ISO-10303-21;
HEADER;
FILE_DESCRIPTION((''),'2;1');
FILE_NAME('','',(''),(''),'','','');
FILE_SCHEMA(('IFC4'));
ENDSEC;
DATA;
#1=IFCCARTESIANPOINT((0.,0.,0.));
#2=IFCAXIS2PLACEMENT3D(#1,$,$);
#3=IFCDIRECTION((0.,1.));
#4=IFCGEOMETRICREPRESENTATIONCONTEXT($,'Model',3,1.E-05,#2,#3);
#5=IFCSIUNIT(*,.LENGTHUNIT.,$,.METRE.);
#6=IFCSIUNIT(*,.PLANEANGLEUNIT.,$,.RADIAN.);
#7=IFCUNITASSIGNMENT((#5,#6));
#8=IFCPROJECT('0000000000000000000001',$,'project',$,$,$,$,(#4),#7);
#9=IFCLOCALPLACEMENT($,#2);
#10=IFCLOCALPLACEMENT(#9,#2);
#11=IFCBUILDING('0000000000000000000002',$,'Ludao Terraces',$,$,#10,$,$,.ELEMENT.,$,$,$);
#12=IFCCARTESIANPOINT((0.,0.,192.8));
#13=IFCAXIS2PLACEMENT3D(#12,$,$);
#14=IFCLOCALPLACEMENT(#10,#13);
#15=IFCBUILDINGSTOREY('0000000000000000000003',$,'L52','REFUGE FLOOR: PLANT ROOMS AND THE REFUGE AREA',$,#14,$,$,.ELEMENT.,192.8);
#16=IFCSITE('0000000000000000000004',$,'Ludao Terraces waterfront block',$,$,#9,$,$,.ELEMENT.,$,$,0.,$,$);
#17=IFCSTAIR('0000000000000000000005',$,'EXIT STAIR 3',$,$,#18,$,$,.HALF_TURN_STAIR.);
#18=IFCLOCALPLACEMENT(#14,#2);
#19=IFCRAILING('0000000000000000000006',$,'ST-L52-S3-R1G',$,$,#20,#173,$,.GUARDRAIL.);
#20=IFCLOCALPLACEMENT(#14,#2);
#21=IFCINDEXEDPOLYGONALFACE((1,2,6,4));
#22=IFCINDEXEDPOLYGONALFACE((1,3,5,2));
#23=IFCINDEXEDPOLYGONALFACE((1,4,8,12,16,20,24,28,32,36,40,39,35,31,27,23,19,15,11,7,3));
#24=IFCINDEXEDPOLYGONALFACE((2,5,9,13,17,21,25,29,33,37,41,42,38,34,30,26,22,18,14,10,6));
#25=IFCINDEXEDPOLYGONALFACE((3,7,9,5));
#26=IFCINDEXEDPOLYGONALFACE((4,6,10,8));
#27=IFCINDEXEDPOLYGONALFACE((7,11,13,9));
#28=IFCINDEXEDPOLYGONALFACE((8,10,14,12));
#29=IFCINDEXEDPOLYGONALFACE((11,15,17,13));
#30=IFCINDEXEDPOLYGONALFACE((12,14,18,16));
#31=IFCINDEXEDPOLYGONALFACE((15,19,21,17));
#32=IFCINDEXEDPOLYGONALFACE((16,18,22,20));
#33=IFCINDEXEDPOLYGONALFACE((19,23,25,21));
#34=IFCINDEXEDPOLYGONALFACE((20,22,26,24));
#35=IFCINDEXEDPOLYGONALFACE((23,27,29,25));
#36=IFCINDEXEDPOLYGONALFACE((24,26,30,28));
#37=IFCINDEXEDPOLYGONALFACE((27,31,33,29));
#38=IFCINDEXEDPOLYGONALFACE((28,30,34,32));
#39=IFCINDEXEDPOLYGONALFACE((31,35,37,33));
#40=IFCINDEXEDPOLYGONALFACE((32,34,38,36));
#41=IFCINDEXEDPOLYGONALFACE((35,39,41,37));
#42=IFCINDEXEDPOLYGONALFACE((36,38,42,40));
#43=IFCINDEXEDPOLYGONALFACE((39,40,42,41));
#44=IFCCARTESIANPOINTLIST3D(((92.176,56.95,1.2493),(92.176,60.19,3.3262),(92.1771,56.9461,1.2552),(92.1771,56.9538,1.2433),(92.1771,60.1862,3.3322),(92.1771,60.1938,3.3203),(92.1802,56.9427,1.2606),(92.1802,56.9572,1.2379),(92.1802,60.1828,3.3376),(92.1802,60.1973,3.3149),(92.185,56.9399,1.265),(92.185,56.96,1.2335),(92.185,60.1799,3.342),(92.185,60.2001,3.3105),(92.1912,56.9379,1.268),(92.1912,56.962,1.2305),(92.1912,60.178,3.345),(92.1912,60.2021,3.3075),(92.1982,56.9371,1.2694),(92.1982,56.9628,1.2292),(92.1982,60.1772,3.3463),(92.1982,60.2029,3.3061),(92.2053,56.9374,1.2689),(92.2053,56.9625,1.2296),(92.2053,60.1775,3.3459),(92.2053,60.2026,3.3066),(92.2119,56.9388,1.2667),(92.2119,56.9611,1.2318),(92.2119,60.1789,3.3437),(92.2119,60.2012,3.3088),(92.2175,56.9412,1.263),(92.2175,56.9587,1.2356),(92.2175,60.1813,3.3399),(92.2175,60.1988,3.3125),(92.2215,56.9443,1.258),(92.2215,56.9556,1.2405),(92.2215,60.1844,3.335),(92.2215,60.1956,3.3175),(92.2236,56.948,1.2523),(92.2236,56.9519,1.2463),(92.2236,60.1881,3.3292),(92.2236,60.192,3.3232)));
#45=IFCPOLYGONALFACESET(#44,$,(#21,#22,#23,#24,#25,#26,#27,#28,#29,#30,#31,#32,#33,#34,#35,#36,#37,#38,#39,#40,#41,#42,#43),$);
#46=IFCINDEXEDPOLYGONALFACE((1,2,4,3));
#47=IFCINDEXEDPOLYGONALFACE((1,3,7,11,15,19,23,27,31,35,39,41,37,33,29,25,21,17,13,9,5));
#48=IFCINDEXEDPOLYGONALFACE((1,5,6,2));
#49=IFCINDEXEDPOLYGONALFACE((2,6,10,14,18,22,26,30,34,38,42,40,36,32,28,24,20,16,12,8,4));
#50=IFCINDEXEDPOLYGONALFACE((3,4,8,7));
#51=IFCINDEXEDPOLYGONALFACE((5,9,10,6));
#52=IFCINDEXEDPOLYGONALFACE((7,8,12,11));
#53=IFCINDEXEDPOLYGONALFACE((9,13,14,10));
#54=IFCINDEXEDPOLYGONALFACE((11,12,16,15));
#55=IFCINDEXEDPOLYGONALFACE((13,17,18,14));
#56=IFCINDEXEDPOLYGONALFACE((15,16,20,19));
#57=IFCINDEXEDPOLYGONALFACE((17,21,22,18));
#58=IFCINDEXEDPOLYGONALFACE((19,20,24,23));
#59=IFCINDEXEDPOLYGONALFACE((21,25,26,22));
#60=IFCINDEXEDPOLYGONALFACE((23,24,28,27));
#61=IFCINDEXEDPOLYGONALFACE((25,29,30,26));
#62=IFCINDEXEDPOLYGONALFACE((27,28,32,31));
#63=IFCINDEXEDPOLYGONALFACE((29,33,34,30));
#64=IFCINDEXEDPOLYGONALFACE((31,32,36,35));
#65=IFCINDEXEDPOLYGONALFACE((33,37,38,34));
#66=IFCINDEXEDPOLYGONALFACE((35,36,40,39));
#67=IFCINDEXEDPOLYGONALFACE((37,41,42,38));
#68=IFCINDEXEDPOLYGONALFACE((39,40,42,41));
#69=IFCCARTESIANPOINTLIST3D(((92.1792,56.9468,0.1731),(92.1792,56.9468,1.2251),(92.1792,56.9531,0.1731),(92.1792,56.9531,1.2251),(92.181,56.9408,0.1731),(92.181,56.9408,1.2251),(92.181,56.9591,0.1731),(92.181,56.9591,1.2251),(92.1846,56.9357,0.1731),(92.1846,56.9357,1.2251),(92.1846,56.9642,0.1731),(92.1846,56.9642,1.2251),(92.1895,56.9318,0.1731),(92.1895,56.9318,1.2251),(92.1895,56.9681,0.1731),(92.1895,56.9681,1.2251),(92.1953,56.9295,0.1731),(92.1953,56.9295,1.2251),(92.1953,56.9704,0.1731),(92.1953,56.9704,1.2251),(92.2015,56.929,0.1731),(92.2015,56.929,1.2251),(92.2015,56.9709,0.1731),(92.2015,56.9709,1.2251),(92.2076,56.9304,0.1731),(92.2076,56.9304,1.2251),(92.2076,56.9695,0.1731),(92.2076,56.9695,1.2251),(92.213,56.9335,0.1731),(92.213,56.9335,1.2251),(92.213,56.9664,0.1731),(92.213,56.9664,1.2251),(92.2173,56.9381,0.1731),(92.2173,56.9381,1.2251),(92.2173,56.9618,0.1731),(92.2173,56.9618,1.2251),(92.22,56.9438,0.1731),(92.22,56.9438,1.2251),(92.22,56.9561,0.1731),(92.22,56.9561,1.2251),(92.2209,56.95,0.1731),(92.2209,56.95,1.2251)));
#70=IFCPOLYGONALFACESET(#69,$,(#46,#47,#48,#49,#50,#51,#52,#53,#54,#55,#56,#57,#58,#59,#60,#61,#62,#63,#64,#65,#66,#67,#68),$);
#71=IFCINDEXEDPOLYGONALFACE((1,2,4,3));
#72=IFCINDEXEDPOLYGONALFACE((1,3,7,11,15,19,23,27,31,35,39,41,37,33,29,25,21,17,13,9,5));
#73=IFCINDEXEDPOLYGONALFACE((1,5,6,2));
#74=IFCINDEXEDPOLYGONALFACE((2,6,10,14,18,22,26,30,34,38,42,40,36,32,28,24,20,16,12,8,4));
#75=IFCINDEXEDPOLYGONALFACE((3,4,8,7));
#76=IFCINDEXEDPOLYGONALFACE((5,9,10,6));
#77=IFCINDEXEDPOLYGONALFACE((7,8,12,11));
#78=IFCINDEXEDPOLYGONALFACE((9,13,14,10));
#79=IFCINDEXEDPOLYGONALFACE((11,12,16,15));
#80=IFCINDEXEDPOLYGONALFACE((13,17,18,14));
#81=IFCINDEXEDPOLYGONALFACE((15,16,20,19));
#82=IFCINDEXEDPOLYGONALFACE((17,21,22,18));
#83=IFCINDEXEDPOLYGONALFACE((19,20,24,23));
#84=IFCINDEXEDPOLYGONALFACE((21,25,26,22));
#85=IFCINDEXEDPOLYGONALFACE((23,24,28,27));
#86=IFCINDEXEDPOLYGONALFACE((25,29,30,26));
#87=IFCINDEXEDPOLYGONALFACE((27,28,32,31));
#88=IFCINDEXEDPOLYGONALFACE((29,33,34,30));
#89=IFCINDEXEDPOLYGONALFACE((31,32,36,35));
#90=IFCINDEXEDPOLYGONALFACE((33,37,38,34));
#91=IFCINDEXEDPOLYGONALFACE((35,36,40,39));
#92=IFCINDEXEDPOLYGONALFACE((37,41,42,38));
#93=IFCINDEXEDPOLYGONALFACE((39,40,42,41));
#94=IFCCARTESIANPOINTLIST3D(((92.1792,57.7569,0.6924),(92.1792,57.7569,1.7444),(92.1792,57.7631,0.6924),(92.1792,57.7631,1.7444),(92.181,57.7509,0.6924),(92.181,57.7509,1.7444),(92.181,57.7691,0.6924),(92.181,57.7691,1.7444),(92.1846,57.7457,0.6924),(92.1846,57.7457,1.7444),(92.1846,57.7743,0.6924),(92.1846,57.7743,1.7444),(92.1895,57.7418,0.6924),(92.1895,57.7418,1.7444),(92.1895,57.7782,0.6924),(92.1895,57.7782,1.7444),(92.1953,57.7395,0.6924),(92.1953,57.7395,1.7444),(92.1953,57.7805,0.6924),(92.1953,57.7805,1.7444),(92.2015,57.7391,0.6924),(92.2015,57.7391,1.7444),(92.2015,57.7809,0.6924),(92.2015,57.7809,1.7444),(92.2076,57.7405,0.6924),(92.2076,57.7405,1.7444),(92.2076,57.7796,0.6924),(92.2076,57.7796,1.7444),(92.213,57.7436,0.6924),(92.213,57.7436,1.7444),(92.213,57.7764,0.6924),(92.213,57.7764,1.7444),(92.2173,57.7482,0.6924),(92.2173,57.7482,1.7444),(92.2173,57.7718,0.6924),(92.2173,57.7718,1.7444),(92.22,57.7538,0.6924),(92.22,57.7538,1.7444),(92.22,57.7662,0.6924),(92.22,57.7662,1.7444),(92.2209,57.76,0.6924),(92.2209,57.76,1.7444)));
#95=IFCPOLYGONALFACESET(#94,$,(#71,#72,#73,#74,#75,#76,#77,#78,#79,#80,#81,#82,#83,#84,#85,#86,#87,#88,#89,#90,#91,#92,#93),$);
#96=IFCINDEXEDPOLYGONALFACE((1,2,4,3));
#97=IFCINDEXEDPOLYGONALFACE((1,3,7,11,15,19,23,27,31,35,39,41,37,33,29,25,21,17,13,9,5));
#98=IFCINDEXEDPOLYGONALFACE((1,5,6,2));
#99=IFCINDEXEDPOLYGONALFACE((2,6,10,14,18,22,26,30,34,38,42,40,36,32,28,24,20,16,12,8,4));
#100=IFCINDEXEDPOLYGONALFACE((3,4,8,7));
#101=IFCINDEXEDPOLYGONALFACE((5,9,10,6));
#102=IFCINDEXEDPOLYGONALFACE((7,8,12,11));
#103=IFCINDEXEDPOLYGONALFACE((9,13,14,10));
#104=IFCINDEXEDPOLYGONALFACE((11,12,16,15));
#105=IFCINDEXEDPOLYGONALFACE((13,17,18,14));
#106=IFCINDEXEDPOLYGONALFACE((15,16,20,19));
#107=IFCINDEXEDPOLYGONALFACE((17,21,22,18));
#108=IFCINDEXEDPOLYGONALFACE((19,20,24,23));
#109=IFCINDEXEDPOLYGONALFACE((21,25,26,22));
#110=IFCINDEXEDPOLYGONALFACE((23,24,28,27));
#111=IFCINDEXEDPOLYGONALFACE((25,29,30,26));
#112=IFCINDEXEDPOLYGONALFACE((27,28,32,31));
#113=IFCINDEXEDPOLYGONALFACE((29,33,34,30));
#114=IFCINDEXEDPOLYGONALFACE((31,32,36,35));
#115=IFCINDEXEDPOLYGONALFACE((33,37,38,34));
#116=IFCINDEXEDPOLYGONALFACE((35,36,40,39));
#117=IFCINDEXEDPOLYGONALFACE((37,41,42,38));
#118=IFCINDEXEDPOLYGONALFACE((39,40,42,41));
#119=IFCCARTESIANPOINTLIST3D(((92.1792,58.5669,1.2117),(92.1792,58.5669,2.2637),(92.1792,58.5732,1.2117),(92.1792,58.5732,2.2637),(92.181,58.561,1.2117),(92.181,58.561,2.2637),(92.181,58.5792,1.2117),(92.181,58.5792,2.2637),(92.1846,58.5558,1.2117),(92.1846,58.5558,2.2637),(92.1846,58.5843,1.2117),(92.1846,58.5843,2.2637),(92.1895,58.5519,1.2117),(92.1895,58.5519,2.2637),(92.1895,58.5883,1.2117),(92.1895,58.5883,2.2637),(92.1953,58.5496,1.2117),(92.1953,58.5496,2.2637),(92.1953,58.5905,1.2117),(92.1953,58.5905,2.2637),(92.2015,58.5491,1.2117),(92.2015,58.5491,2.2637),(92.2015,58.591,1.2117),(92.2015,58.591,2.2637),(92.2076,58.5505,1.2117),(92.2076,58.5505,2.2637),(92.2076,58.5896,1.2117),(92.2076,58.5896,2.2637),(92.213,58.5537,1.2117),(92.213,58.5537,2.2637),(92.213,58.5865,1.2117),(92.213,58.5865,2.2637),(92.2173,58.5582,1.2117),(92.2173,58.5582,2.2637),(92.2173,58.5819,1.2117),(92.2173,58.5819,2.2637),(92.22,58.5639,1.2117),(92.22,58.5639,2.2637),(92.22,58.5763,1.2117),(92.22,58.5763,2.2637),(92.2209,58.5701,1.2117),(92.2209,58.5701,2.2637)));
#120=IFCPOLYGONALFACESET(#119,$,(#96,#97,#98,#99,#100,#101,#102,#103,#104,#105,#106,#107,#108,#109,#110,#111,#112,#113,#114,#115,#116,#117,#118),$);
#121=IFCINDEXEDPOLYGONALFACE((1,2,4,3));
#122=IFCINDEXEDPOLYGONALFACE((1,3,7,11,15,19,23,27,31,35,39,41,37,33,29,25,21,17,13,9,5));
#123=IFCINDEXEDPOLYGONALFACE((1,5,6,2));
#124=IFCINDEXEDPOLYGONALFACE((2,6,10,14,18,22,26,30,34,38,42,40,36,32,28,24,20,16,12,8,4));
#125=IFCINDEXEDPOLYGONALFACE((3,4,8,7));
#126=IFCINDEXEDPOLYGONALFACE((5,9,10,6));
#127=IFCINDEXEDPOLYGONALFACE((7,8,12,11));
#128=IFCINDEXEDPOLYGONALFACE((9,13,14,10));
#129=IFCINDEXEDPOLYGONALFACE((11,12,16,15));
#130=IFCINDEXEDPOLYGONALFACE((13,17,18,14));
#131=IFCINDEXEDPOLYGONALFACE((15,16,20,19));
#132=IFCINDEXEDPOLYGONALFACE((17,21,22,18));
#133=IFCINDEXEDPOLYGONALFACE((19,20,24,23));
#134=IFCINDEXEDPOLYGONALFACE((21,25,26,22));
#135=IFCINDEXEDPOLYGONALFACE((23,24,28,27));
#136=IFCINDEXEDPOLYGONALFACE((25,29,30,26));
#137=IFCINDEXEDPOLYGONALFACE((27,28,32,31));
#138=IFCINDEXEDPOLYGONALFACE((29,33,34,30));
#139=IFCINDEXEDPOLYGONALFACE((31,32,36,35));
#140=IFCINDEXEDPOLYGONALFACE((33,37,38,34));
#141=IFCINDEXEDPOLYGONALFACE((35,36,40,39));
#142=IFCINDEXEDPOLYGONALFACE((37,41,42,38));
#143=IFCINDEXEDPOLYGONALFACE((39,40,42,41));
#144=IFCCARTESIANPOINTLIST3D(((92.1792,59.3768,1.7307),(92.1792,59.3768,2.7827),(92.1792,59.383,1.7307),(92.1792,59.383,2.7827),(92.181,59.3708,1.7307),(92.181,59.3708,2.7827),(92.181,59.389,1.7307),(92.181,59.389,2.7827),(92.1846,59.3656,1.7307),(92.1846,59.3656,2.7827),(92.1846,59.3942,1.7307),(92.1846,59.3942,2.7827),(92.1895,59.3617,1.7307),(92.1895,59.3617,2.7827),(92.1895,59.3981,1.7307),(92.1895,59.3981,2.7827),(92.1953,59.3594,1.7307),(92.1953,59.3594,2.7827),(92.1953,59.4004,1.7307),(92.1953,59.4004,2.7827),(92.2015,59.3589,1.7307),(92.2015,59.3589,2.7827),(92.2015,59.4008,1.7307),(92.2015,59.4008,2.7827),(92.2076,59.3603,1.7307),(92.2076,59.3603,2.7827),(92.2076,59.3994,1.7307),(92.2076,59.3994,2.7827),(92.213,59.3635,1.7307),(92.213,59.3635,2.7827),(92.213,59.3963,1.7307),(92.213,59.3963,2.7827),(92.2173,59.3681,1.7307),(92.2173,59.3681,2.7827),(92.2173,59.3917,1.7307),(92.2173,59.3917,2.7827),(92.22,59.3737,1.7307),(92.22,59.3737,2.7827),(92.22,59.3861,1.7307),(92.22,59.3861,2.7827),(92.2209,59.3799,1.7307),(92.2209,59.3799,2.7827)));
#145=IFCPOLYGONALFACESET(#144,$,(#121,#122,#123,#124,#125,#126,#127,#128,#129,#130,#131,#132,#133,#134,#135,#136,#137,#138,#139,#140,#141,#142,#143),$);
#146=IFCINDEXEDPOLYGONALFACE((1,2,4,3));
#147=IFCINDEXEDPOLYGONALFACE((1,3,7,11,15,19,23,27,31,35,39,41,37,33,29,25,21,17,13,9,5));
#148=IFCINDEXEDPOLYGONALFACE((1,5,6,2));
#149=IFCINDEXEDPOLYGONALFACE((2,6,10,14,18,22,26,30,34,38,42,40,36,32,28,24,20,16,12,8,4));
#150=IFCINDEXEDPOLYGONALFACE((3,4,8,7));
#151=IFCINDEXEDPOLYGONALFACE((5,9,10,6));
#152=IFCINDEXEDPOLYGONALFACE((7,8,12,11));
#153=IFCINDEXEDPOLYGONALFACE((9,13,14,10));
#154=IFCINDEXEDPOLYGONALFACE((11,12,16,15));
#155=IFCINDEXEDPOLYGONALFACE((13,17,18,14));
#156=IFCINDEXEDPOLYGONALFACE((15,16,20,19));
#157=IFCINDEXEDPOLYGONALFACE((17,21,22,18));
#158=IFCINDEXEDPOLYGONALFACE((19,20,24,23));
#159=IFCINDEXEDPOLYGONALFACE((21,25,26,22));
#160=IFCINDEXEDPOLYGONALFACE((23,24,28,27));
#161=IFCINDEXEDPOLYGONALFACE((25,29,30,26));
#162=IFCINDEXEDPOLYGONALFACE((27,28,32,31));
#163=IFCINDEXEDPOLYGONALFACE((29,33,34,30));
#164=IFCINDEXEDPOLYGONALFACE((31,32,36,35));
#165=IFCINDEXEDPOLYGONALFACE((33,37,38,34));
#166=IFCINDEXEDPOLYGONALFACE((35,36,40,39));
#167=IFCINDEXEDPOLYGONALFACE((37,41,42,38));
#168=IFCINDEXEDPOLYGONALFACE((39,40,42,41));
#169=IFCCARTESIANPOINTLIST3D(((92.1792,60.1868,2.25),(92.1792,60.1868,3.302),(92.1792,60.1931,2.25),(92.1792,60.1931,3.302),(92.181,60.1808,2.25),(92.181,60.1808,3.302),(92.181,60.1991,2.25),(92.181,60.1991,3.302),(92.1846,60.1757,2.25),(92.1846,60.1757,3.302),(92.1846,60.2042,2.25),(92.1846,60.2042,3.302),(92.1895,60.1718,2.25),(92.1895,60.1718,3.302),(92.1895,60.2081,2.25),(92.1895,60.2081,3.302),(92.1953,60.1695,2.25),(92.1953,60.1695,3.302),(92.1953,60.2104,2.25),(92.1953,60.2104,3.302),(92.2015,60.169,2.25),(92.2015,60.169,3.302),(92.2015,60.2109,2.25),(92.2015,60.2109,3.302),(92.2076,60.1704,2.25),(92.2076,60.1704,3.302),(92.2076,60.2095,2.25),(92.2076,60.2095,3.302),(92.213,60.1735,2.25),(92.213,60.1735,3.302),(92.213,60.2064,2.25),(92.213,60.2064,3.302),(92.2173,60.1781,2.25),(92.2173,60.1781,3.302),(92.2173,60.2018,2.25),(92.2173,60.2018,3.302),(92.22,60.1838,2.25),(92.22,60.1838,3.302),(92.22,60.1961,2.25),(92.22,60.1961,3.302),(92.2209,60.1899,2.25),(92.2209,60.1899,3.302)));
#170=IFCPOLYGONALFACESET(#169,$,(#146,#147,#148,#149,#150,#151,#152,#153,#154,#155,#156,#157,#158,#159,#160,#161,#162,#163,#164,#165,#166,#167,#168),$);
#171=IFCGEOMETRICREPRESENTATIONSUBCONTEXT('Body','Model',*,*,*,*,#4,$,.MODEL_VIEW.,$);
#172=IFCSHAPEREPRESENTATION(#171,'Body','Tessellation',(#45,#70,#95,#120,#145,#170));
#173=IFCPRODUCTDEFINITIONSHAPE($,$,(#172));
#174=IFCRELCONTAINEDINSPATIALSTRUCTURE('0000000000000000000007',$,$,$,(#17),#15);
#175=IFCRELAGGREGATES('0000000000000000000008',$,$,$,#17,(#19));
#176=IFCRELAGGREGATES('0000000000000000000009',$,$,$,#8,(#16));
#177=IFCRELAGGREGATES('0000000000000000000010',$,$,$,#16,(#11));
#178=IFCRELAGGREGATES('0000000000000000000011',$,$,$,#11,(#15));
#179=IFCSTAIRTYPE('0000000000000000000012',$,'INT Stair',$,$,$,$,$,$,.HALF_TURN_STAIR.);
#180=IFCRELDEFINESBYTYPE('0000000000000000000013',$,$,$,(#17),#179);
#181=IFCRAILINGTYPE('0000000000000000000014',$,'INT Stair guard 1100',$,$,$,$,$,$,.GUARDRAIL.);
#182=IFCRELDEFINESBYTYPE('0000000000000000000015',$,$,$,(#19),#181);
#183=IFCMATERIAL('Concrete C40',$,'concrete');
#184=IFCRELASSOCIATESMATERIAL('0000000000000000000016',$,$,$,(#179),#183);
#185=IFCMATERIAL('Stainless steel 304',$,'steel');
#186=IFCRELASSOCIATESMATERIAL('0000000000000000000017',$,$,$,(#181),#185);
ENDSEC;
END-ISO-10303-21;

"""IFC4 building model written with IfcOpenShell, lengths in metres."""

from ifc_helpers import new_model, si_unit, direction, frame, origin, origin_2d, place, context, subcontext, project, spatial, circle, extrude, material, type_object, element, aggregate, save


model = new_model("IFC4")

# Units and contexts
model_context = context("Model", 3, precision=1e-05, world=origin(), true_north=direction((0.0, 1.0)))
body_context = subcontext(model_context, "Body", "Model", "MODEL_VIEW")
ifc_project = project(units=[si_unit("LENGTHUNIT", "METRE"), si_unit("PLANEANGLEUNIT", "RADIAN")], contexts=[model_context])

# Site, building, storey
site_placement = place(None, origin())
site = spatial("IfcSite", under=ifc_project, at=site_placement, Name="Ludao Terraces waterfront block", CompositionType="ELEMENT", RefElevation=0.0)
building_placement = place(site_placement, origin())
building = spatial("IfcBuilding", under=site, at=building_placement, Name="Ludao Terraces", CompositionType="ELEMENT")
storey_placement = place(building_placement, frame((0.0, 0.0, 192.8)))
storey = spatial("IfcBuildingStorey", under=building, at=storey_placement, Name="L52", Description="REFUGE FLOOR: PLANT ROOMS AND THE REFUGE AREA", CompositionType="ELEMENT", Elevation=192.8)

# Stair, railing
ifc_material_1 = material(Name="Concrete C40", Category="concrete")
stair_type = type_object("IfcStairType", Name="INT Stair", PredefinedType="HALF_TURN_STAIR", material=ifc_material_1)
stair_placement = place(storey_placement, origin())
stair = element("IfcStair", 1, at=stair_placement, inside=storey, type_object=stair_type, Name="EXIT STAIR 3", PredefinedType="HALF_TURN_STAIR")
ifc_material_2 = material(Name="Stainless steel 304", Category="steel")
railing_type_1 = type_object("IfcRailingType", Name="INT Stair guard 1100", PredefinedType="GUARDRAIL", material=ifc_material_2)
railing_1_placement = place(storey_placement, frame((92.2, 56.95, 0.1731)))
railing_1 = element("IfcRailing", 2, at=railing_1_placement, type_object=railing_type_1, Name="ST-L52-S3-R1G", PredefinedType="GUARDRAIL", context=body_context, shape_type="SweptSolid", body=[
    extrude(circle(Radius=0.0239, at=origin_2d()), frame((0.0, 0.0, 1.0762), z_axis=(0.0, 0.841881, 0.539664), x_axis=(-1.0, 0.0, 0.0)), (0.0, 0.0, 1.0), 3.8486),
    extrude(circle(Radius=0.021, at=origin_2d()), origin(), (0.0, 0.0, 1.0), 1.052),
    extrude(circle(Radius=0.021, at=origin_2d()), frame((0.0, 0.8101, 0.5193)), (0.0, 0.0, 1.0), 1.052),
    extrude(circle(Radius=0.021, at=origin_2d()), frame((0.0, 1.6201, 1.0386)), (0.0, 0.0, 1.0), 1.052),
    extrude(circle(Radius=0.021, at=origin_2d()), frame((0.0, 2.4299, 1.5576)), (0.0, 0.0, 1.0), 1.052),
    extrude(circle(Radius=0.021, at=origin_2d()), frame((0.0, 3.24, 2.0769)), (0.0, 0.0, 1.0), 1.052),
])
aggregate(stair, [railing_1])

save(model, "model.ifc")
